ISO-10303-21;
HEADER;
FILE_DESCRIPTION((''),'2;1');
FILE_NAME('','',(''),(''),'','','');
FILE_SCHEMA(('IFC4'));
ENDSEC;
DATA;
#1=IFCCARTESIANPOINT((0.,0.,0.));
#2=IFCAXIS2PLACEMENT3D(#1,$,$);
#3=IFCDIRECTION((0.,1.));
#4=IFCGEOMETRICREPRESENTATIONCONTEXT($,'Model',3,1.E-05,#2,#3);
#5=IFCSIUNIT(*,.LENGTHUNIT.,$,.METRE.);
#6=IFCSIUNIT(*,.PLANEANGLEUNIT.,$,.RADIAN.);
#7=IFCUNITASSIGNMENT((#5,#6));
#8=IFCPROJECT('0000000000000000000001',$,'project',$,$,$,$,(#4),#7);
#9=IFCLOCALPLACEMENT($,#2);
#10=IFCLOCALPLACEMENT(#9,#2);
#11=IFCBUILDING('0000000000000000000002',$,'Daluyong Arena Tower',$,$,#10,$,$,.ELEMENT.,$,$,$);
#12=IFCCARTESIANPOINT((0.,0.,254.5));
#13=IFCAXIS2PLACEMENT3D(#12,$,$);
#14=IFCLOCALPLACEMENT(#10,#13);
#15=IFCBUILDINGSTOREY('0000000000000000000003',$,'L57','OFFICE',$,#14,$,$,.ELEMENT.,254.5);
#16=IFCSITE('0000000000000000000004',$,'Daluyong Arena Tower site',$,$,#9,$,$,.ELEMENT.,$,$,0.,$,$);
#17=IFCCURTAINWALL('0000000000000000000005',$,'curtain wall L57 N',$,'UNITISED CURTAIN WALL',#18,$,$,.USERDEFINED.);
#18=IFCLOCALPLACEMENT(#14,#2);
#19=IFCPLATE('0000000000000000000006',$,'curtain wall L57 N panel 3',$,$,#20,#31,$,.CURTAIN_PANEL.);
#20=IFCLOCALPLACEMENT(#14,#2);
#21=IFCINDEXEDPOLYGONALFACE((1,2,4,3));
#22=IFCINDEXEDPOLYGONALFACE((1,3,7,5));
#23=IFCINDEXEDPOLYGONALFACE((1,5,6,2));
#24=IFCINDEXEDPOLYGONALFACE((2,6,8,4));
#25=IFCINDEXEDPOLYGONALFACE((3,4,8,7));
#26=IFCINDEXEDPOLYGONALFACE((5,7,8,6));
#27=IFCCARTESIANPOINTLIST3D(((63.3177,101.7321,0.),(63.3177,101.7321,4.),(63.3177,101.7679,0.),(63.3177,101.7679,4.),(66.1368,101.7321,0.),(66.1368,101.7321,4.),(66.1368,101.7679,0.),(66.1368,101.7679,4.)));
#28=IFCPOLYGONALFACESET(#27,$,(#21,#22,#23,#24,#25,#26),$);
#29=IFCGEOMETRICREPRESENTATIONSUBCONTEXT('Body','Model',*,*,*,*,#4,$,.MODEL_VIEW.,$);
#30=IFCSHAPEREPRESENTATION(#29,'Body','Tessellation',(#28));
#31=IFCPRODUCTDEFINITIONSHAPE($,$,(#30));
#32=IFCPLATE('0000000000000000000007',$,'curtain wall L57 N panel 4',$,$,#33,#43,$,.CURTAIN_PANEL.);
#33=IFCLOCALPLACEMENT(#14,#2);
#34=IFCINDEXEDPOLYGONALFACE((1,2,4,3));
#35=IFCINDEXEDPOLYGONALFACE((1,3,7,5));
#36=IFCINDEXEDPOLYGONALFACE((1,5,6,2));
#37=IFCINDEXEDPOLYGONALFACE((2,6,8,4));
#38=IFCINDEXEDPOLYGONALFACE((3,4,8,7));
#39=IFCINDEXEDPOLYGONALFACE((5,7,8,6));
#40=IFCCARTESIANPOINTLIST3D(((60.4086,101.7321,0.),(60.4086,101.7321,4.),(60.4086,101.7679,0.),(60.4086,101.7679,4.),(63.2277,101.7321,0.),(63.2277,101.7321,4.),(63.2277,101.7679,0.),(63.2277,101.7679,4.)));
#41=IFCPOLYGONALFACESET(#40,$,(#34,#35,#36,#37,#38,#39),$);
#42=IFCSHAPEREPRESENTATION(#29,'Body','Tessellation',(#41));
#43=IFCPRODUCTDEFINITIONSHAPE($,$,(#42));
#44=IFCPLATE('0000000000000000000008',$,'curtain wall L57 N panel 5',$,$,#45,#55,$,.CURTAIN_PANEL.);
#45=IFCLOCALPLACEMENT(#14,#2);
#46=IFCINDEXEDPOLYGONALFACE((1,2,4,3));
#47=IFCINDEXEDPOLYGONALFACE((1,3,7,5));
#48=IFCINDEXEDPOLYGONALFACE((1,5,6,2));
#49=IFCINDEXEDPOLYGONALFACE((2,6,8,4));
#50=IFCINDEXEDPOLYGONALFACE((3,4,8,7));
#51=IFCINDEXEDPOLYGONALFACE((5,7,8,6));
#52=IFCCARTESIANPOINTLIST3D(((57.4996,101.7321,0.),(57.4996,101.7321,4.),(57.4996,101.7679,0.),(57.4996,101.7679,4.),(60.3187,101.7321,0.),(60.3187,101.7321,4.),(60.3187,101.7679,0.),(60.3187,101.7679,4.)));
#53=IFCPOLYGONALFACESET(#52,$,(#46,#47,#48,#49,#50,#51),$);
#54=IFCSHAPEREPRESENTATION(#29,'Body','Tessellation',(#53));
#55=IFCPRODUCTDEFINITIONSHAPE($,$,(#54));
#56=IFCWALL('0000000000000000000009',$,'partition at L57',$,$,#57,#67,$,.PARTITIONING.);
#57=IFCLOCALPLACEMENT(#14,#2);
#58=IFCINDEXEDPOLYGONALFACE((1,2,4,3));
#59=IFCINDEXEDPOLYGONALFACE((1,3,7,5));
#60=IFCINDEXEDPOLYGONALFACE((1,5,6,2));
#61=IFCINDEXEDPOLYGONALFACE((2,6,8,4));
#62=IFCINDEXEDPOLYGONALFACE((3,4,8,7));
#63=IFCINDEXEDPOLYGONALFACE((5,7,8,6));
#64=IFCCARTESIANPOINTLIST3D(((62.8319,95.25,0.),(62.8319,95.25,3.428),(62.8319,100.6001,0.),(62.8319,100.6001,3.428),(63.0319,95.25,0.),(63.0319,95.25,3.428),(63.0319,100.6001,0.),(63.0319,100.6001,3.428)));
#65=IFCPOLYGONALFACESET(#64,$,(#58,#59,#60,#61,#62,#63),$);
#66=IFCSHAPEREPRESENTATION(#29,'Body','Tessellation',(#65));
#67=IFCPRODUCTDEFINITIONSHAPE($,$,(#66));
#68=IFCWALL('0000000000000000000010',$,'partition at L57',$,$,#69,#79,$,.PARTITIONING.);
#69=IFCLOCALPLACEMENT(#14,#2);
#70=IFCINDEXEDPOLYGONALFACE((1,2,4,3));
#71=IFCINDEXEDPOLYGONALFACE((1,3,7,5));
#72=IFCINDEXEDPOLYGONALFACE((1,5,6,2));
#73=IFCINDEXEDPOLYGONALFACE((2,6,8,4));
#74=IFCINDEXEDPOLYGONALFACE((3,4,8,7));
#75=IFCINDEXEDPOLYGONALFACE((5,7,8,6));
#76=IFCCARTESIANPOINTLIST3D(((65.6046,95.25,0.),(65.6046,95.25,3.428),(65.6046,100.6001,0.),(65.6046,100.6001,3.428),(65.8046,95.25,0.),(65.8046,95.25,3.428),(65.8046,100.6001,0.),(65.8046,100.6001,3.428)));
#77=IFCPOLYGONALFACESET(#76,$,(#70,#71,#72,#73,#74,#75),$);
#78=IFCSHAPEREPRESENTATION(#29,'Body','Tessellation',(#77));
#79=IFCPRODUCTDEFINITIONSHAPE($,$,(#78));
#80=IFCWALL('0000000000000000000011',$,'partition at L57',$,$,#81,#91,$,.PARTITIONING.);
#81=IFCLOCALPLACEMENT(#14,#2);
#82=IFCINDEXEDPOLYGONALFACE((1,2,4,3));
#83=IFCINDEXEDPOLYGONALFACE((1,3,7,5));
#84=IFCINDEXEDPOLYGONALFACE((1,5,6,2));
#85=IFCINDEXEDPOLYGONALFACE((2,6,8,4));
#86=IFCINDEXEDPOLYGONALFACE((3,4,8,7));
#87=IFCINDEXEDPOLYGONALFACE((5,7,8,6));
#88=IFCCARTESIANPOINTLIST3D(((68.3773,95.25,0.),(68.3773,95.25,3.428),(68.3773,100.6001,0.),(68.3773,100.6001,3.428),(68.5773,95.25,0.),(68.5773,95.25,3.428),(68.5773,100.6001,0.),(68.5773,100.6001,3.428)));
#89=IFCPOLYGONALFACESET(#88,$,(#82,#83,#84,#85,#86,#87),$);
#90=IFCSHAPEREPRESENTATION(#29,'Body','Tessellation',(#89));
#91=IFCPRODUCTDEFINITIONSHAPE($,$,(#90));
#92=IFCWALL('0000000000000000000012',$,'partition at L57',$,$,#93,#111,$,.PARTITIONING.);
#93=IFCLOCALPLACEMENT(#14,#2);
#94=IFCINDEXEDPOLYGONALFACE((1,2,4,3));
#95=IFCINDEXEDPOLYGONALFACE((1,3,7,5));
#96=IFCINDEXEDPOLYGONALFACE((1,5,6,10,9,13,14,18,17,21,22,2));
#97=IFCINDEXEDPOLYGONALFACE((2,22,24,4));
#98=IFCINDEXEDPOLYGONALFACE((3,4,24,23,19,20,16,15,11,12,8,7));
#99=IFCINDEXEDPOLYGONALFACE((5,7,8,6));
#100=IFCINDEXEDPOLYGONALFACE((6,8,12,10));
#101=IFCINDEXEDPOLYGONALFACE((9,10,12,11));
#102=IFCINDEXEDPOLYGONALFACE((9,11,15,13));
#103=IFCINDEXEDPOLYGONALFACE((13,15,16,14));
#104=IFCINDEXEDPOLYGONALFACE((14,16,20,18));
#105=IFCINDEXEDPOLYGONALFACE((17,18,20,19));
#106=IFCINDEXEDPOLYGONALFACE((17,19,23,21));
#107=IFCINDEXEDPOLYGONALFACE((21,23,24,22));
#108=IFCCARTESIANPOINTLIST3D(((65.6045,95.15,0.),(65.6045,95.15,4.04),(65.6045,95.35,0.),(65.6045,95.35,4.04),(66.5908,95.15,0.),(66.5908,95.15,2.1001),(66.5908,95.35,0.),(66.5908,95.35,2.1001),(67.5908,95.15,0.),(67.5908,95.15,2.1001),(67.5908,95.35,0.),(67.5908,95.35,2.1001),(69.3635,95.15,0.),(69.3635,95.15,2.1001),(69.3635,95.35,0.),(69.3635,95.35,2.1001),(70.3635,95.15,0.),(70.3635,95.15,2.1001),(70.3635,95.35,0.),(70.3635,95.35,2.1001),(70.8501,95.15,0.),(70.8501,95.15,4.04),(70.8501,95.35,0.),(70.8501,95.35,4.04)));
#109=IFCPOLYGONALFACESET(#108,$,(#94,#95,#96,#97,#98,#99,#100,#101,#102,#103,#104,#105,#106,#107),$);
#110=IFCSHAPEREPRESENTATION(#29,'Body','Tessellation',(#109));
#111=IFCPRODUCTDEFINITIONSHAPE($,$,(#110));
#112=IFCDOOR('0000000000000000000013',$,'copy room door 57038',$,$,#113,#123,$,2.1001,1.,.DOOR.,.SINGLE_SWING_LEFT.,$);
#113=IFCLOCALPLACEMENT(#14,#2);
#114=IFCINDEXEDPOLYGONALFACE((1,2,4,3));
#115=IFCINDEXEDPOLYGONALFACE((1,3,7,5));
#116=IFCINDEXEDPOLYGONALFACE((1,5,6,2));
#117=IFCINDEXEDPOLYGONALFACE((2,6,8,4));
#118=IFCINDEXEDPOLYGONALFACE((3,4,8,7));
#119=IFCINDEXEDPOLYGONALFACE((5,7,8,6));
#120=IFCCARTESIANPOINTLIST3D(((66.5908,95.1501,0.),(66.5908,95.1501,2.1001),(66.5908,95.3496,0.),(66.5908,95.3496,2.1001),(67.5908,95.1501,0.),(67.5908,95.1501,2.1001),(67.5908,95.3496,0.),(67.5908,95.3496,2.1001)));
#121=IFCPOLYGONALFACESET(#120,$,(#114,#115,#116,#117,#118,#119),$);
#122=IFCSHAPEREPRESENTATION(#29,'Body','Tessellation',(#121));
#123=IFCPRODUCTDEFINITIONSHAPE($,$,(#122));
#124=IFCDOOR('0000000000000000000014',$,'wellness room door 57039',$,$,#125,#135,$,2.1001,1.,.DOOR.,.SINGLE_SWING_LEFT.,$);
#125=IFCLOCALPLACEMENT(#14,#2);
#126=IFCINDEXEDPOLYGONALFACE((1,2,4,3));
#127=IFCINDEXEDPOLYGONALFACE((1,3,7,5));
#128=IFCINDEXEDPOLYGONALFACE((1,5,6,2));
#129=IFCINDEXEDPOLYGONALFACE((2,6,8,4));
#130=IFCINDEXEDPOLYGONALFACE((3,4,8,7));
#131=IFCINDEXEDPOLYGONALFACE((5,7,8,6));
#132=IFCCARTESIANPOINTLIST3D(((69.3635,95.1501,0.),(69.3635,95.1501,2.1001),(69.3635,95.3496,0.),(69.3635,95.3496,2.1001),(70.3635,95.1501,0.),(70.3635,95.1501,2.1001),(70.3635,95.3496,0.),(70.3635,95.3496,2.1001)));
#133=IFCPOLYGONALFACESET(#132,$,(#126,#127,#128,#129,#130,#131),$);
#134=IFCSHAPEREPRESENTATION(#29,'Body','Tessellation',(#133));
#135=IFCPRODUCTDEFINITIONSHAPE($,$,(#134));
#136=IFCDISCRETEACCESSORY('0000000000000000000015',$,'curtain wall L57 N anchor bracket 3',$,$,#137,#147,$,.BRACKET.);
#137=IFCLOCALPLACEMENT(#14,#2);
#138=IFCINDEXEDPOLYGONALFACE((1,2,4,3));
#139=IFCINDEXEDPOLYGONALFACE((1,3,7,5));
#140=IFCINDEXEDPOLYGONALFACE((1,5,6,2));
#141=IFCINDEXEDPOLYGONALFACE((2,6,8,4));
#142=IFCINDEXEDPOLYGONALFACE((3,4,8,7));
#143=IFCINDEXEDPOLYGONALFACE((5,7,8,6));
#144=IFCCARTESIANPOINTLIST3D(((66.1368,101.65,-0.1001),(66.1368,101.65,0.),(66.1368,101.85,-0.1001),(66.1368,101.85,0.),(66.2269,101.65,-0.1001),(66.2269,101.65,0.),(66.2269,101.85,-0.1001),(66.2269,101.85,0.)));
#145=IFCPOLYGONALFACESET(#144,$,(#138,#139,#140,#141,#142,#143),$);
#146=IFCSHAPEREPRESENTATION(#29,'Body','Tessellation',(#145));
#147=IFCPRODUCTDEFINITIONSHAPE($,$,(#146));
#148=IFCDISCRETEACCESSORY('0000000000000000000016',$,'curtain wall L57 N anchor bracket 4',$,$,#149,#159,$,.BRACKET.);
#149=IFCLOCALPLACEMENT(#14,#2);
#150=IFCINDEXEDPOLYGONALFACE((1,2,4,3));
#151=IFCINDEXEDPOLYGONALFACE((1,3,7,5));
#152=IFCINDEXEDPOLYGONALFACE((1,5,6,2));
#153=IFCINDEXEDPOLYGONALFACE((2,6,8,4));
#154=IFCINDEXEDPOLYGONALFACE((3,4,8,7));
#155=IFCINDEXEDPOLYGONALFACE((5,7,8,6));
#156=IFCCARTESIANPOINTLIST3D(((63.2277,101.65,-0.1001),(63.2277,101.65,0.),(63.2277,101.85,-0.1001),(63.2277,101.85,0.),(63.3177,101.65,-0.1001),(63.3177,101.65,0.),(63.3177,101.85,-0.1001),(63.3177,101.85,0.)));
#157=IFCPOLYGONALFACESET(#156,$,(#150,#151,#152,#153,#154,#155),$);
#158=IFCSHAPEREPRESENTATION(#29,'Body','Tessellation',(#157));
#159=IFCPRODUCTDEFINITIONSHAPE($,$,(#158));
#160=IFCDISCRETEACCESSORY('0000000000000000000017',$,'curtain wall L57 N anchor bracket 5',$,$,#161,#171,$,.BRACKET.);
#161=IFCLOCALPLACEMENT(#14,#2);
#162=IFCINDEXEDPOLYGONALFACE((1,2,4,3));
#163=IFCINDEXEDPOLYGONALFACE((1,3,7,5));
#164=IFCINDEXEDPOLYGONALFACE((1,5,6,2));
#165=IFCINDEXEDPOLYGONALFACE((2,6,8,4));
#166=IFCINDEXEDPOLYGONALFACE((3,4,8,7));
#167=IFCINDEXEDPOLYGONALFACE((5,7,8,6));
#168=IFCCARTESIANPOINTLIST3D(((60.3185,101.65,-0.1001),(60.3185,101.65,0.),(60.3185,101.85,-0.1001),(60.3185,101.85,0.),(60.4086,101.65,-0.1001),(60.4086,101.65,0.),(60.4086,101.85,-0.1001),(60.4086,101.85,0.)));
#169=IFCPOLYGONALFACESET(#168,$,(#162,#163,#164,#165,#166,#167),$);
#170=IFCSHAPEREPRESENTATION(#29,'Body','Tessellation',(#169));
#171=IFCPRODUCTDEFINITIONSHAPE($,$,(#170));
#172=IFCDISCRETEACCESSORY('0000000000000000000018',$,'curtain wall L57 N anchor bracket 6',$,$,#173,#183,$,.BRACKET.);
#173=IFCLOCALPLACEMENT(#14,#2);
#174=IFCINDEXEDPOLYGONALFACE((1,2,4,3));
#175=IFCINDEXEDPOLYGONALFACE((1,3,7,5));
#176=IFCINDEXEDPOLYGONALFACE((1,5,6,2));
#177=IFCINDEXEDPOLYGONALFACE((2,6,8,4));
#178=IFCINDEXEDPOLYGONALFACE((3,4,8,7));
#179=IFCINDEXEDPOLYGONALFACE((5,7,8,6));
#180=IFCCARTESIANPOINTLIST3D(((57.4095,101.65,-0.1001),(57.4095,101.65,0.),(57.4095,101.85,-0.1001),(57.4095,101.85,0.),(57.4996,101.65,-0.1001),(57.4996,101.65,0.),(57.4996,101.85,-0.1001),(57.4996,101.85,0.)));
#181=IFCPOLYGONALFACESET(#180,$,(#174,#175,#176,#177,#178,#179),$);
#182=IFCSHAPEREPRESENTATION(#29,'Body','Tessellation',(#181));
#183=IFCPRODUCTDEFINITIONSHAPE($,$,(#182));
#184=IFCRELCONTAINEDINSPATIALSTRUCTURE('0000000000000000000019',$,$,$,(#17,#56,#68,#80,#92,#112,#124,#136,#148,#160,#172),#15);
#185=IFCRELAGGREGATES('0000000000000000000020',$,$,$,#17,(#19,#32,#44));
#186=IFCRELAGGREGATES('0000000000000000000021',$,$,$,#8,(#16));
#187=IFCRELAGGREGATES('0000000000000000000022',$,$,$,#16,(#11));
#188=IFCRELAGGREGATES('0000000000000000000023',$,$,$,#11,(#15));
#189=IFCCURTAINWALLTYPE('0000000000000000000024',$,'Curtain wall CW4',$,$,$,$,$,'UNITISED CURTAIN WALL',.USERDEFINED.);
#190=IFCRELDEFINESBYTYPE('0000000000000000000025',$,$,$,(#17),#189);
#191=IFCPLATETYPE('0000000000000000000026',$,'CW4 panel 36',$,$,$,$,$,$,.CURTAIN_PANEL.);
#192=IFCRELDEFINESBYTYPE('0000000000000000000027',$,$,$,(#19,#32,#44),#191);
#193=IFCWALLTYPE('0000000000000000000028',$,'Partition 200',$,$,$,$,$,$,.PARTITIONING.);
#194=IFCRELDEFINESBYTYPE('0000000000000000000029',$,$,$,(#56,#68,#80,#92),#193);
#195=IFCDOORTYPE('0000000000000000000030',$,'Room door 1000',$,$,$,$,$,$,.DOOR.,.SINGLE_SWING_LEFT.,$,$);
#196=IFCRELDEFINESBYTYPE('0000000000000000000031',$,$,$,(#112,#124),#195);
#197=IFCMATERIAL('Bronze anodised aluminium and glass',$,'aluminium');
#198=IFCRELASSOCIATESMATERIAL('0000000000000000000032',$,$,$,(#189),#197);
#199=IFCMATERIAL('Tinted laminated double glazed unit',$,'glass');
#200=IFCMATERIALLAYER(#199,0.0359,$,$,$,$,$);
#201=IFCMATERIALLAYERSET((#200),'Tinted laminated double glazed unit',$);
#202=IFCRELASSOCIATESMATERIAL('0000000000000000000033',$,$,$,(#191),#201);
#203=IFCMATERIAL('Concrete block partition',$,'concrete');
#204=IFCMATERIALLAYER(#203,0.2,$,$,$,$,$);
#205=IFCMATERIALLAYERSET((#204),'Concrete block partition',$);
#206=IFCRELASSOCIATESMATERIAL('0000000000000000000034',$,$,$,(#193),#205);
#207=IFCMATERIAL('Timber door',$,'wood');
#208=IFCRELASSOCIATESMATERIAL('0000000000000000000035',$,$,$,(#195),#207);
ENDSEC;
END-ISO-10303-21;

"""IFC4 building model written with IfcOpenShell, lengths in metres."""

from ifc_helpers import new_model, si_unit, direction, frame, frame_2d, origin, origin_2d, place, context, subcontext, project, spatial, rectangle, extrude, material, layer, layer_set, type_object, element, fill, aggregate, save


model = new_model("IFC4")

# Units and contexts
model_context = context("Model", 3, precision=1e-05, world=origin(), true_north=direction((0.0, 1.0)))
body_context = subcontext(model_context, "Body", "Model", "MODEL_VIEW")
ifc_project = project(units=[si_unit("LENGTHUNIT", "METRE"), si_unit("PLANEANGLEUNIT", "RADIAN")], contexts=[model_context])

# Site, building, storey
site_placement = place(None, origin())
site = spatial("IfcSite", under=ifc_project, at=site_placement, Name="Daluyong Arena Tower site", CompositionType="ELEMENT", RefElevation=0.0)
building_placement = place(site_placement, origin())
building = spatial("IfcBuilding", under=site, at=building_placement, Name="Daluyong Arena Tower", CompositionType="ELEMENT")
storey_placement = place(building_placement, frame((0.0, 0.0, 254.5)))
storey = spatial("IfcBuildingStorey", under=building, at=storey_placement, Name="L57", Description="OFFICE", CompositionType="ELEMENT", Elevation=254.5)

# Curtain wall
ifc_material_1 = material(Name="Bronze anodised aluminium and glass", Category="aluminium")
curtain_wall_type = type_object("IfcCurtainWallType", Name="Curtain wall CW4", ElementType="UNITISED CURTAIN WALL", PredefinedType="USERDEFINED", material=ifc_material_1)
curtain_wall_placement = place(storey_placement, origin())
curtain_wall = element("IfcCurtainWall", 1, at=curtain_wall_placement, inside=storey, type_object=curtain_wall_type, Name="curtain wall L57 N", ObjectType="UNITISED CURTAIN WALL", PredefinedType="USERDEFINED")

# Plates
ifc_material_2 = material(Name="Tinted laminated double glazed unit", Category="glass")
ifc_layer_1 = layer(ifc_material_2, 0.0359)
ifc_layer_set_1 = layer_set([ifc_layer_1], Name="Tinted laminated double glazed unit")
plate_type = type_object("IfcPlateType", Name="CW4 panel 36", PredefinedType="CURTAIN_PANEL", material=ifc_layer_set_1)
plate_1_placement = place(storey_placement, frame((64.7273, 101.75, 0.0), z_axis=(0.0, 0.0, 1.0), x_axis=(-1.0, 0.0, 0.0)))
plate_1 = element("IfcPlate", 2, at=plate_1_placement, type_object=plate_type, Name="curtain wall L57 N panel 3", PredefinedType="CURTAIN_PANEL", context=body_context, shape_type="SweptSolid", body=[
    extrude(rectangle(XDim=2.8191, YDim=0.0359, at=origin_2d()), origin(), (0.0, 0.0, 1.0), 4.0),
])
plate_2_placement = place(storey_placement, frame((61.8181, 101.75, 0.0), z_axis=(0.0, 0.0, 1.0), x_axis=(-1.0, 0.0, 0.0)))
plate_2 = element("IfcPlate", 3, at=plate_2_placement, type_object=plate_type, Name="curtain wall L57 N panel 4", PredefinedType="CURTAIN_PANEL", context=body_context, shape_type="SweptSolid", body=[
    extrude(rectangle(XDim=2.8191, YDim=0.0359, at=origin_2d()), origin(), (0.0, 0.0, 1.0), 4.0),
])
plate_3_placement = place(storey_placement, frame((58.9092, 101.75, 0.0), z_axis=(0.0, 0.0, 1.0), x_axis=(-1.0, 0.0, 0.0)))
plate_3 = element("IfcPlate", 4, at=plate_3_placement, type_object=plate_type, Name="curtain wall L57 N panel 5", PredefinedType="CURTAIN_PANEL", context=body_context, shape_type="SweptSolid", body=[
    extrude(rectangle(XDim=2.8191, YDim=0.0359, at=origin_2d()), origin(), (0.0, 0.0, 1.0), 4.0),
])
aggregate(curtain_wall, [plate_1, plate_2, plate_3])

# Walls
ifc_material_3 = material(Name="Concrete block partition", Category="concrete")
ifc_layer_2 = layer(ifc_material_3, 0.2)
ifc_layer_set_2 = layer_set([ifc_layer_2], Name="Concrete block partition")
wall_type = type_object("IfcWallType", Name="Partition 200", PredefinedType="PARTITIONING", material=ifc_layer_set_2)
for number, where, z_axis, x_axis, name in (
    (5, (62.9319, 95.25, 0.0), (0.0, 0.0, 1.0), (0.0, 1.0, 0.0), "partition at L57"),
    (6, (65.7046, 95.25, 0.0), (0.0, 0.0, 1.0), (0.0, 1.0, 0.0), "partition at L57"),
    (7, (68.4773, 95.25, 0.0), (0.0, 0.0, 1.0), (0.0, 1.0, 0.0), "partition at L57"),
):
    element("IfcWall", number, at=place(storey_placement, frame(where, z_axis=z_axis, x_axis=x_axis)), inside=storey, type_object=wall_type, Name=name, PredefinedType="PARTITIONING", context=body_context, shape_type="SweptSolid", body=[
        extrude(rectangle(XDim=5.3501, YDim=0.2, at=frame_2d((2.675, 0.0))), origin(), (0.0, 0.0, 1.0), 3.428),
    ])

# Wall, openings, doors
wall_placement = place(storey_placement, frame((65.6045, 95.25, 0.0), z_axis=(0.0, 0.0, 1.0), x_axis=(1.0, 0.0, 0.0)))
wall = element("IfcWall", 8, at=wall_placement, inside=storey, type_object=wall_type, Name="partition at L57", PredefinedType="PARTITIONING", context=body_context, shape_type="SweptSolid", body=[
    extrude(rectangle(XDim=5.2456, YDim=0.2, at=frame_2d((2.6228, 0.0))), origin(), (0.0, 0.0, 1.0), 4.04),
])
opening_1_placement = place(wall_placement, frame((0.9863, 0.0, 0.0)))
opening_1 = element("IfcOpeningElement", 9, at=opening_1_placement, cuts=wall, PredefinedType="OPENING", context=body_context, shape_type="SweptSolid", body=[
    extrude(rectangle(XDim=1.0, YDim=2.1001, at=frame_2d((0.5, 1.05))), frame((0.0, 0.1099, 0.0), z_axis=(0.0, -1.0, 0.0), x_axis=(1.0, 0.0, 0.0)), (0.0, 0.0, 1.0), 0.22),
])
opening_2_placement = place(wall_placement, frame((3.759, 0.0, 0.0)))
opening_2 = element("IfcOpeningElement", 10, at=opening_2_placement, cuts=wall, PredefinedType="OPENING", context=body_context, shape_type="SweptSolid", body=[
    extrude(rectangle(XDim=1.0, YDim=2.1001, at=frame_2d((0.5, 1.05))), frame((0.0, 0.1099, 0.0), z_axis=(0.0, -1.0, 0.0), x_axis=(1.0, 0.0, 0.0)), (0.0, 0.0, 1.0), 0.22),
])
ifc_material_4 = material(Name="Timber door", Category="wood")
door_type = type_object("IfcDoorType", Name="Room door 1000", OperationType="SINGLE_SWING_LEFT", PredefinedType="DOOR", material=ifc_material_4)
door_1_placement = place(opening_1_placement, origin())
door_1 = element("IfcDoor", 11, at=door_1_placement, inside=storey, type_object=door_type, Name="copy room door 57038", OperationType="SINGLE_SWING_LEFT", OverallHeight=2.1001, OverallWidth=1.0, PredefinedType="DOOR", context=body_context, shape_type="SweptSolid", body=[
    extrude(rectangle(XDim=1.0, YDim=2.1001, at=frame_2d((0.5, 1.05))), frame((0.0, 0.0996, 0.0), z_axis=(0.0, -1.0, 0.0), x_axis=(1.0, 0.0, 0.0)), (0.0, 0.0, 1.0), 0.1995),
])
fill(opening_1, door_1)
door_2_placement = place(opening_2_placement, origin())
door_2 = element("IfcDoor", 12, at=door_2_placement, inside=storey, type_object=door_type, Name="wellness room door 57039", OperationType="SINGLE_SWING_LEFT", OverallHeight=2.1001, OverallWidth=1.0, PredefinedType="DOOR", context=body_context, shape_type="SweptSolid", body=[
    extrude(rectangle(XDim=1.0, YDim=2.1001, at=frame_2d((0.5, 1.05))), frame((0.0, 0.0996, 0.0), z_axis=(0.0, -1.0, 0.0), x_axis=(1.0, 0.0, 0.0)), (0.0, 0.0, 1.0), 0.1995),
])
fill(opening_2, door_2)

# Discrete accessories
for number, where, z_axis, x_axis, name in (
    (13, (66.1819, 101.75, -0.1001), (0.0, 0.0, 1.0), (-1.0, 0.0, 0.0), "curtain wall L57 N anchor bracket 3"),
    (14, (63.2727, 101.75, -0.1001), (0.0, 0.0, 1.0), (-1.0, 0.0, 0.0), "curtain wall L57 N anchor bracket 4"),
    (15, (60.3635, 101.75, -0.1001), (0.0, 0.0, 1.0), (-1.0, 0.0, 0.0), "curtain wall L57 N anchor bracket 5"),
    (16, (57.4546, 101.75, -0.1001), (0.0, 0.0, 1.0), (-1.0, 0.0, 0.0), "curtain wall L57 N anchor bracket 6"),
):
    element("IfcDiscreteAccessory", number, at=place(storey_placement, frame(where, z_axis=z_axis, x_axis=x_axis)), inside=storey, Name=name, PredefinedType="BRACKET", context=body_context, shape_type="SweptSolid", body=[
        extrude(rectangle(XDim=0.0901, YDim=0.2, at=origin_2d()), origin(), (0.0, 0.0, 1.0), 0.1001),
    ])

save(model, "model.ifc")
